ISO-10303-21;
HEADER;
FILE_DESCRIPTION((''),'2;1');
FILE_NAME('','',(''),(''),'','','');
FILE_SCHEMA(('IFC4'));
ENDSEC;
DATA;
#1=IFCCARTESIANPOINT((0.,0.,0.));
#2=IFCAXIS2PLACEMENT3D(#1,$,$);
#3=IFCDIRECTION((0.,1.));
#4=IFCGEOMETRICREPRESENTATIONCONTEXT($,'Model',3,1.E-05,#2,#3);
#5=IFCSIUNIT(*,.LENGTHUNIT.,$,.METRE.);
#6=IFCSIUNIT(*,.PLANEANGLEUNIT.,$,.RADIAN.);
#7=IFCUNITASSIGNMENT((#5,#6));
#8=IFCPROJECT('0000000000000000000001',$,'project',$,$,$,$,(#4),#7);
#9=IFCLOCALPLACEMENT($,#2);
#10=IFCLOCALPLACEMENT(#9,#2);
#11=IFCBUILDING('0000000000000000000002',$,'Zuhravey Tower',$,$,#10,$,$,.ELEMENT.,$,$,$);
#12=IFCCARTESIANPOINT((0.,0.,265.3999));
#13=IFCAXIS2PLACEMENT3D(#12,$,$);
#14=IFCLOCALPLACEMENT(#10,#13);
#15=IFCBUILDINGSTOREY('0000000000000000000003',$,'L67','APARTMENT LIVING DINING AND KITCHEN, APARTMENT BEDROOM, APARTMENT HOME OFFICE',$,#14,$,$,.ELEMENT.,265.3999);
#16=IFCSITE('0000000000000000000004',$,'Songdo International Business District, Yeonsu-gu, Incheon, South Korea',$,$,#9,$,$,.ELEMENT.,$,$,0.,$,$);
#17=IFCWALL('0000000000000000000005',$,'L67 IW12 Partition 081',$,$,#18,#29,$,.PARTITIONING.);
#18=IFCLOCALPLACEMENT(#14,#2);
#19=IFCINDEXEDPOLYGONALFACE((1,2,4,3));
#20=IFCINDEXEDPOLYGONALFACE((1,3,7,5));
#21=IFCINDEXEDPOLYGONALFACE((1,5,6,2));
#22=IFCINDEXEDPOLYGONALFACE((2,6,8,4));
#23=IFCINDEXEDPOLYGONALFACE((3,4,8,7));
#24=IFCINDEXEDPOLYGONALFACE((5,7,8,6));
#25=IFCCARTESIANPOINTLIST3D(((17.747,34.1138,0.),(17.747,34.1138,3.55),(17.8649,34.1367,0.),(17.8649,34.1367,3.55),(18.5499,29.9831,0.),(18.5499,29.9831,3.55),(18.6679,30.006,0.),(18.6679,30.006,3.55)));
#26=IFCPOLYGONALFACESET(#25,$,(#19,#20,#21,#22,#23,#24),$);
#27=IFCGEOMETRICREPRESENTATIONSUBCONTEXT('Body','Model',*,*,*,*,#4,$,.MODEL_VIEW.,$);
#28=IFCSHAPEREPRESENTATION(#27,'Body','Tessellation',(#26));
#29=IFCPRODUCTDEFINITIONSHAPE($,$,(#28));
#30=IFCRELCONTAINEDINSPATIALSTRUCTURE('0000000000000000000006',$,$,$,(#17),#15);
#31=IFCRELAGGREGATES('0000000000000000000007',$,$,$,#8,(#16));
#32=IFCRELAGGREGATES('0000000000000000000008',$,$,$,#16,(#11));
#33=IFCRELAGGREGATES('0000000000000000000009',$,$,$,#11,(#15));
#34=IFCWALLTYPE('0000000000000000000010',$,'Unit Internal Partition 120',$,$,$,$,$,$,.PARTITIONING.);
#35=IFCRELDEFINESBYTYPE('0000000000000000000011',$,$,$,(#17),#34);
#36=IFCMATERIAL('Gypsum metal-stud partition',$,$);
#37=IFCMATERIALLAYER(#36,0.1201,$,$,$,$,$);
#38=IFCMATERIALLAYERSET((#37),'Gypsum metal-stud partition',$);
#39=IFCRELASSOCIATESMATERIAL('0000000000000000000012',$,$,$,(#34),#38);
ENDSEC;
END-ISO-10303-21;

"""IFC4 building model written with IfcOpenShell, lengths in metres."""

from ifc_helpers import new_model, si_unit, direction, frame, frame_2d, origin, place, context, subcontext, project, spatial, rectangle, extrude, material, layer, layer_set, type_object, element, save


model = new_model("IFC4")

# Units and contexts
model_context = context("Model", 3, precision=1e-05, world=origin(), true_north=direction((0.0, 1.0)))
body_context = subcontext(model_context, "Body", "Model", "MODEL_VIEW")
ifc_project = project(units=[si_unit("LENGTHUNIT", "METRE"), si_unit("PLANEANGLEUNIT", "RADIAN")], contexts=[model_context])

# Site, building, storey
site_placement = place(None, origin())
site = spatial("IfcSite", under=ifc_project, at=site_placement, Name="Songdo International Business District, Yeonsu-gu, Incheon, South Korea", CompositionType="ELEMENT", RefElevation=0.0)
building_placement = place(site_placement, origin())
building = spatial("IfcBuilding", under=site, at=building_placement, Name="Zuhravey Tower", CompositionType="ELEMENT")
storey_placement = place(building_placement, frame((0.0, 0.0, 265.3999)))
storey = spatial("IfcBuildingStorey", under=building, at=storey_placement, Name="L67", Description="APARTMENT LIVING DINING AND KITCHEN, APARTMENT BEDROOM, APARTMENT HOME OFFICE", CompositionType="ELEMENT", Elevation=265.3999)

# Shared definitions
ifc_material_1 = material(Name="Gypsum metal-stud partition")
ifc_layer_1 = layer(ifc_material_1, 0.1201)
ifc_layer_set_1 = layer_set([ifc_layer_1], Name="Gypsum metal-stud partition")
wall_type_1 = type_object("IfcWallType", Name="Unit Internal Partition 120", PredefinedType="PARTITIONING", material=ifc_layer_set_1)

# Wall
wall_1_placement = place(storey_placement, frame((17.8059, 34.1252, 0.0), z_axis=(0.0, 0.0, 1.0), x_axis=(0.190825, -0.981624, 0.0)))
element("IfcWall", 1, at=wall_1_placement, inside=storey, type_object=wall_type_1, Name="L67 IW12 Partition 081", PredefinedType="PARTITIONING", context=body_context, shape_type="SweptSolid", body=[
    extrude(rectangle(XDim=4.208, YDim=0.1201, at=frame_2d((2.104, 0.0))), origin(), (0.0, 0.0, 1.0), 3.55),
])

save(model, "model.ifc")
